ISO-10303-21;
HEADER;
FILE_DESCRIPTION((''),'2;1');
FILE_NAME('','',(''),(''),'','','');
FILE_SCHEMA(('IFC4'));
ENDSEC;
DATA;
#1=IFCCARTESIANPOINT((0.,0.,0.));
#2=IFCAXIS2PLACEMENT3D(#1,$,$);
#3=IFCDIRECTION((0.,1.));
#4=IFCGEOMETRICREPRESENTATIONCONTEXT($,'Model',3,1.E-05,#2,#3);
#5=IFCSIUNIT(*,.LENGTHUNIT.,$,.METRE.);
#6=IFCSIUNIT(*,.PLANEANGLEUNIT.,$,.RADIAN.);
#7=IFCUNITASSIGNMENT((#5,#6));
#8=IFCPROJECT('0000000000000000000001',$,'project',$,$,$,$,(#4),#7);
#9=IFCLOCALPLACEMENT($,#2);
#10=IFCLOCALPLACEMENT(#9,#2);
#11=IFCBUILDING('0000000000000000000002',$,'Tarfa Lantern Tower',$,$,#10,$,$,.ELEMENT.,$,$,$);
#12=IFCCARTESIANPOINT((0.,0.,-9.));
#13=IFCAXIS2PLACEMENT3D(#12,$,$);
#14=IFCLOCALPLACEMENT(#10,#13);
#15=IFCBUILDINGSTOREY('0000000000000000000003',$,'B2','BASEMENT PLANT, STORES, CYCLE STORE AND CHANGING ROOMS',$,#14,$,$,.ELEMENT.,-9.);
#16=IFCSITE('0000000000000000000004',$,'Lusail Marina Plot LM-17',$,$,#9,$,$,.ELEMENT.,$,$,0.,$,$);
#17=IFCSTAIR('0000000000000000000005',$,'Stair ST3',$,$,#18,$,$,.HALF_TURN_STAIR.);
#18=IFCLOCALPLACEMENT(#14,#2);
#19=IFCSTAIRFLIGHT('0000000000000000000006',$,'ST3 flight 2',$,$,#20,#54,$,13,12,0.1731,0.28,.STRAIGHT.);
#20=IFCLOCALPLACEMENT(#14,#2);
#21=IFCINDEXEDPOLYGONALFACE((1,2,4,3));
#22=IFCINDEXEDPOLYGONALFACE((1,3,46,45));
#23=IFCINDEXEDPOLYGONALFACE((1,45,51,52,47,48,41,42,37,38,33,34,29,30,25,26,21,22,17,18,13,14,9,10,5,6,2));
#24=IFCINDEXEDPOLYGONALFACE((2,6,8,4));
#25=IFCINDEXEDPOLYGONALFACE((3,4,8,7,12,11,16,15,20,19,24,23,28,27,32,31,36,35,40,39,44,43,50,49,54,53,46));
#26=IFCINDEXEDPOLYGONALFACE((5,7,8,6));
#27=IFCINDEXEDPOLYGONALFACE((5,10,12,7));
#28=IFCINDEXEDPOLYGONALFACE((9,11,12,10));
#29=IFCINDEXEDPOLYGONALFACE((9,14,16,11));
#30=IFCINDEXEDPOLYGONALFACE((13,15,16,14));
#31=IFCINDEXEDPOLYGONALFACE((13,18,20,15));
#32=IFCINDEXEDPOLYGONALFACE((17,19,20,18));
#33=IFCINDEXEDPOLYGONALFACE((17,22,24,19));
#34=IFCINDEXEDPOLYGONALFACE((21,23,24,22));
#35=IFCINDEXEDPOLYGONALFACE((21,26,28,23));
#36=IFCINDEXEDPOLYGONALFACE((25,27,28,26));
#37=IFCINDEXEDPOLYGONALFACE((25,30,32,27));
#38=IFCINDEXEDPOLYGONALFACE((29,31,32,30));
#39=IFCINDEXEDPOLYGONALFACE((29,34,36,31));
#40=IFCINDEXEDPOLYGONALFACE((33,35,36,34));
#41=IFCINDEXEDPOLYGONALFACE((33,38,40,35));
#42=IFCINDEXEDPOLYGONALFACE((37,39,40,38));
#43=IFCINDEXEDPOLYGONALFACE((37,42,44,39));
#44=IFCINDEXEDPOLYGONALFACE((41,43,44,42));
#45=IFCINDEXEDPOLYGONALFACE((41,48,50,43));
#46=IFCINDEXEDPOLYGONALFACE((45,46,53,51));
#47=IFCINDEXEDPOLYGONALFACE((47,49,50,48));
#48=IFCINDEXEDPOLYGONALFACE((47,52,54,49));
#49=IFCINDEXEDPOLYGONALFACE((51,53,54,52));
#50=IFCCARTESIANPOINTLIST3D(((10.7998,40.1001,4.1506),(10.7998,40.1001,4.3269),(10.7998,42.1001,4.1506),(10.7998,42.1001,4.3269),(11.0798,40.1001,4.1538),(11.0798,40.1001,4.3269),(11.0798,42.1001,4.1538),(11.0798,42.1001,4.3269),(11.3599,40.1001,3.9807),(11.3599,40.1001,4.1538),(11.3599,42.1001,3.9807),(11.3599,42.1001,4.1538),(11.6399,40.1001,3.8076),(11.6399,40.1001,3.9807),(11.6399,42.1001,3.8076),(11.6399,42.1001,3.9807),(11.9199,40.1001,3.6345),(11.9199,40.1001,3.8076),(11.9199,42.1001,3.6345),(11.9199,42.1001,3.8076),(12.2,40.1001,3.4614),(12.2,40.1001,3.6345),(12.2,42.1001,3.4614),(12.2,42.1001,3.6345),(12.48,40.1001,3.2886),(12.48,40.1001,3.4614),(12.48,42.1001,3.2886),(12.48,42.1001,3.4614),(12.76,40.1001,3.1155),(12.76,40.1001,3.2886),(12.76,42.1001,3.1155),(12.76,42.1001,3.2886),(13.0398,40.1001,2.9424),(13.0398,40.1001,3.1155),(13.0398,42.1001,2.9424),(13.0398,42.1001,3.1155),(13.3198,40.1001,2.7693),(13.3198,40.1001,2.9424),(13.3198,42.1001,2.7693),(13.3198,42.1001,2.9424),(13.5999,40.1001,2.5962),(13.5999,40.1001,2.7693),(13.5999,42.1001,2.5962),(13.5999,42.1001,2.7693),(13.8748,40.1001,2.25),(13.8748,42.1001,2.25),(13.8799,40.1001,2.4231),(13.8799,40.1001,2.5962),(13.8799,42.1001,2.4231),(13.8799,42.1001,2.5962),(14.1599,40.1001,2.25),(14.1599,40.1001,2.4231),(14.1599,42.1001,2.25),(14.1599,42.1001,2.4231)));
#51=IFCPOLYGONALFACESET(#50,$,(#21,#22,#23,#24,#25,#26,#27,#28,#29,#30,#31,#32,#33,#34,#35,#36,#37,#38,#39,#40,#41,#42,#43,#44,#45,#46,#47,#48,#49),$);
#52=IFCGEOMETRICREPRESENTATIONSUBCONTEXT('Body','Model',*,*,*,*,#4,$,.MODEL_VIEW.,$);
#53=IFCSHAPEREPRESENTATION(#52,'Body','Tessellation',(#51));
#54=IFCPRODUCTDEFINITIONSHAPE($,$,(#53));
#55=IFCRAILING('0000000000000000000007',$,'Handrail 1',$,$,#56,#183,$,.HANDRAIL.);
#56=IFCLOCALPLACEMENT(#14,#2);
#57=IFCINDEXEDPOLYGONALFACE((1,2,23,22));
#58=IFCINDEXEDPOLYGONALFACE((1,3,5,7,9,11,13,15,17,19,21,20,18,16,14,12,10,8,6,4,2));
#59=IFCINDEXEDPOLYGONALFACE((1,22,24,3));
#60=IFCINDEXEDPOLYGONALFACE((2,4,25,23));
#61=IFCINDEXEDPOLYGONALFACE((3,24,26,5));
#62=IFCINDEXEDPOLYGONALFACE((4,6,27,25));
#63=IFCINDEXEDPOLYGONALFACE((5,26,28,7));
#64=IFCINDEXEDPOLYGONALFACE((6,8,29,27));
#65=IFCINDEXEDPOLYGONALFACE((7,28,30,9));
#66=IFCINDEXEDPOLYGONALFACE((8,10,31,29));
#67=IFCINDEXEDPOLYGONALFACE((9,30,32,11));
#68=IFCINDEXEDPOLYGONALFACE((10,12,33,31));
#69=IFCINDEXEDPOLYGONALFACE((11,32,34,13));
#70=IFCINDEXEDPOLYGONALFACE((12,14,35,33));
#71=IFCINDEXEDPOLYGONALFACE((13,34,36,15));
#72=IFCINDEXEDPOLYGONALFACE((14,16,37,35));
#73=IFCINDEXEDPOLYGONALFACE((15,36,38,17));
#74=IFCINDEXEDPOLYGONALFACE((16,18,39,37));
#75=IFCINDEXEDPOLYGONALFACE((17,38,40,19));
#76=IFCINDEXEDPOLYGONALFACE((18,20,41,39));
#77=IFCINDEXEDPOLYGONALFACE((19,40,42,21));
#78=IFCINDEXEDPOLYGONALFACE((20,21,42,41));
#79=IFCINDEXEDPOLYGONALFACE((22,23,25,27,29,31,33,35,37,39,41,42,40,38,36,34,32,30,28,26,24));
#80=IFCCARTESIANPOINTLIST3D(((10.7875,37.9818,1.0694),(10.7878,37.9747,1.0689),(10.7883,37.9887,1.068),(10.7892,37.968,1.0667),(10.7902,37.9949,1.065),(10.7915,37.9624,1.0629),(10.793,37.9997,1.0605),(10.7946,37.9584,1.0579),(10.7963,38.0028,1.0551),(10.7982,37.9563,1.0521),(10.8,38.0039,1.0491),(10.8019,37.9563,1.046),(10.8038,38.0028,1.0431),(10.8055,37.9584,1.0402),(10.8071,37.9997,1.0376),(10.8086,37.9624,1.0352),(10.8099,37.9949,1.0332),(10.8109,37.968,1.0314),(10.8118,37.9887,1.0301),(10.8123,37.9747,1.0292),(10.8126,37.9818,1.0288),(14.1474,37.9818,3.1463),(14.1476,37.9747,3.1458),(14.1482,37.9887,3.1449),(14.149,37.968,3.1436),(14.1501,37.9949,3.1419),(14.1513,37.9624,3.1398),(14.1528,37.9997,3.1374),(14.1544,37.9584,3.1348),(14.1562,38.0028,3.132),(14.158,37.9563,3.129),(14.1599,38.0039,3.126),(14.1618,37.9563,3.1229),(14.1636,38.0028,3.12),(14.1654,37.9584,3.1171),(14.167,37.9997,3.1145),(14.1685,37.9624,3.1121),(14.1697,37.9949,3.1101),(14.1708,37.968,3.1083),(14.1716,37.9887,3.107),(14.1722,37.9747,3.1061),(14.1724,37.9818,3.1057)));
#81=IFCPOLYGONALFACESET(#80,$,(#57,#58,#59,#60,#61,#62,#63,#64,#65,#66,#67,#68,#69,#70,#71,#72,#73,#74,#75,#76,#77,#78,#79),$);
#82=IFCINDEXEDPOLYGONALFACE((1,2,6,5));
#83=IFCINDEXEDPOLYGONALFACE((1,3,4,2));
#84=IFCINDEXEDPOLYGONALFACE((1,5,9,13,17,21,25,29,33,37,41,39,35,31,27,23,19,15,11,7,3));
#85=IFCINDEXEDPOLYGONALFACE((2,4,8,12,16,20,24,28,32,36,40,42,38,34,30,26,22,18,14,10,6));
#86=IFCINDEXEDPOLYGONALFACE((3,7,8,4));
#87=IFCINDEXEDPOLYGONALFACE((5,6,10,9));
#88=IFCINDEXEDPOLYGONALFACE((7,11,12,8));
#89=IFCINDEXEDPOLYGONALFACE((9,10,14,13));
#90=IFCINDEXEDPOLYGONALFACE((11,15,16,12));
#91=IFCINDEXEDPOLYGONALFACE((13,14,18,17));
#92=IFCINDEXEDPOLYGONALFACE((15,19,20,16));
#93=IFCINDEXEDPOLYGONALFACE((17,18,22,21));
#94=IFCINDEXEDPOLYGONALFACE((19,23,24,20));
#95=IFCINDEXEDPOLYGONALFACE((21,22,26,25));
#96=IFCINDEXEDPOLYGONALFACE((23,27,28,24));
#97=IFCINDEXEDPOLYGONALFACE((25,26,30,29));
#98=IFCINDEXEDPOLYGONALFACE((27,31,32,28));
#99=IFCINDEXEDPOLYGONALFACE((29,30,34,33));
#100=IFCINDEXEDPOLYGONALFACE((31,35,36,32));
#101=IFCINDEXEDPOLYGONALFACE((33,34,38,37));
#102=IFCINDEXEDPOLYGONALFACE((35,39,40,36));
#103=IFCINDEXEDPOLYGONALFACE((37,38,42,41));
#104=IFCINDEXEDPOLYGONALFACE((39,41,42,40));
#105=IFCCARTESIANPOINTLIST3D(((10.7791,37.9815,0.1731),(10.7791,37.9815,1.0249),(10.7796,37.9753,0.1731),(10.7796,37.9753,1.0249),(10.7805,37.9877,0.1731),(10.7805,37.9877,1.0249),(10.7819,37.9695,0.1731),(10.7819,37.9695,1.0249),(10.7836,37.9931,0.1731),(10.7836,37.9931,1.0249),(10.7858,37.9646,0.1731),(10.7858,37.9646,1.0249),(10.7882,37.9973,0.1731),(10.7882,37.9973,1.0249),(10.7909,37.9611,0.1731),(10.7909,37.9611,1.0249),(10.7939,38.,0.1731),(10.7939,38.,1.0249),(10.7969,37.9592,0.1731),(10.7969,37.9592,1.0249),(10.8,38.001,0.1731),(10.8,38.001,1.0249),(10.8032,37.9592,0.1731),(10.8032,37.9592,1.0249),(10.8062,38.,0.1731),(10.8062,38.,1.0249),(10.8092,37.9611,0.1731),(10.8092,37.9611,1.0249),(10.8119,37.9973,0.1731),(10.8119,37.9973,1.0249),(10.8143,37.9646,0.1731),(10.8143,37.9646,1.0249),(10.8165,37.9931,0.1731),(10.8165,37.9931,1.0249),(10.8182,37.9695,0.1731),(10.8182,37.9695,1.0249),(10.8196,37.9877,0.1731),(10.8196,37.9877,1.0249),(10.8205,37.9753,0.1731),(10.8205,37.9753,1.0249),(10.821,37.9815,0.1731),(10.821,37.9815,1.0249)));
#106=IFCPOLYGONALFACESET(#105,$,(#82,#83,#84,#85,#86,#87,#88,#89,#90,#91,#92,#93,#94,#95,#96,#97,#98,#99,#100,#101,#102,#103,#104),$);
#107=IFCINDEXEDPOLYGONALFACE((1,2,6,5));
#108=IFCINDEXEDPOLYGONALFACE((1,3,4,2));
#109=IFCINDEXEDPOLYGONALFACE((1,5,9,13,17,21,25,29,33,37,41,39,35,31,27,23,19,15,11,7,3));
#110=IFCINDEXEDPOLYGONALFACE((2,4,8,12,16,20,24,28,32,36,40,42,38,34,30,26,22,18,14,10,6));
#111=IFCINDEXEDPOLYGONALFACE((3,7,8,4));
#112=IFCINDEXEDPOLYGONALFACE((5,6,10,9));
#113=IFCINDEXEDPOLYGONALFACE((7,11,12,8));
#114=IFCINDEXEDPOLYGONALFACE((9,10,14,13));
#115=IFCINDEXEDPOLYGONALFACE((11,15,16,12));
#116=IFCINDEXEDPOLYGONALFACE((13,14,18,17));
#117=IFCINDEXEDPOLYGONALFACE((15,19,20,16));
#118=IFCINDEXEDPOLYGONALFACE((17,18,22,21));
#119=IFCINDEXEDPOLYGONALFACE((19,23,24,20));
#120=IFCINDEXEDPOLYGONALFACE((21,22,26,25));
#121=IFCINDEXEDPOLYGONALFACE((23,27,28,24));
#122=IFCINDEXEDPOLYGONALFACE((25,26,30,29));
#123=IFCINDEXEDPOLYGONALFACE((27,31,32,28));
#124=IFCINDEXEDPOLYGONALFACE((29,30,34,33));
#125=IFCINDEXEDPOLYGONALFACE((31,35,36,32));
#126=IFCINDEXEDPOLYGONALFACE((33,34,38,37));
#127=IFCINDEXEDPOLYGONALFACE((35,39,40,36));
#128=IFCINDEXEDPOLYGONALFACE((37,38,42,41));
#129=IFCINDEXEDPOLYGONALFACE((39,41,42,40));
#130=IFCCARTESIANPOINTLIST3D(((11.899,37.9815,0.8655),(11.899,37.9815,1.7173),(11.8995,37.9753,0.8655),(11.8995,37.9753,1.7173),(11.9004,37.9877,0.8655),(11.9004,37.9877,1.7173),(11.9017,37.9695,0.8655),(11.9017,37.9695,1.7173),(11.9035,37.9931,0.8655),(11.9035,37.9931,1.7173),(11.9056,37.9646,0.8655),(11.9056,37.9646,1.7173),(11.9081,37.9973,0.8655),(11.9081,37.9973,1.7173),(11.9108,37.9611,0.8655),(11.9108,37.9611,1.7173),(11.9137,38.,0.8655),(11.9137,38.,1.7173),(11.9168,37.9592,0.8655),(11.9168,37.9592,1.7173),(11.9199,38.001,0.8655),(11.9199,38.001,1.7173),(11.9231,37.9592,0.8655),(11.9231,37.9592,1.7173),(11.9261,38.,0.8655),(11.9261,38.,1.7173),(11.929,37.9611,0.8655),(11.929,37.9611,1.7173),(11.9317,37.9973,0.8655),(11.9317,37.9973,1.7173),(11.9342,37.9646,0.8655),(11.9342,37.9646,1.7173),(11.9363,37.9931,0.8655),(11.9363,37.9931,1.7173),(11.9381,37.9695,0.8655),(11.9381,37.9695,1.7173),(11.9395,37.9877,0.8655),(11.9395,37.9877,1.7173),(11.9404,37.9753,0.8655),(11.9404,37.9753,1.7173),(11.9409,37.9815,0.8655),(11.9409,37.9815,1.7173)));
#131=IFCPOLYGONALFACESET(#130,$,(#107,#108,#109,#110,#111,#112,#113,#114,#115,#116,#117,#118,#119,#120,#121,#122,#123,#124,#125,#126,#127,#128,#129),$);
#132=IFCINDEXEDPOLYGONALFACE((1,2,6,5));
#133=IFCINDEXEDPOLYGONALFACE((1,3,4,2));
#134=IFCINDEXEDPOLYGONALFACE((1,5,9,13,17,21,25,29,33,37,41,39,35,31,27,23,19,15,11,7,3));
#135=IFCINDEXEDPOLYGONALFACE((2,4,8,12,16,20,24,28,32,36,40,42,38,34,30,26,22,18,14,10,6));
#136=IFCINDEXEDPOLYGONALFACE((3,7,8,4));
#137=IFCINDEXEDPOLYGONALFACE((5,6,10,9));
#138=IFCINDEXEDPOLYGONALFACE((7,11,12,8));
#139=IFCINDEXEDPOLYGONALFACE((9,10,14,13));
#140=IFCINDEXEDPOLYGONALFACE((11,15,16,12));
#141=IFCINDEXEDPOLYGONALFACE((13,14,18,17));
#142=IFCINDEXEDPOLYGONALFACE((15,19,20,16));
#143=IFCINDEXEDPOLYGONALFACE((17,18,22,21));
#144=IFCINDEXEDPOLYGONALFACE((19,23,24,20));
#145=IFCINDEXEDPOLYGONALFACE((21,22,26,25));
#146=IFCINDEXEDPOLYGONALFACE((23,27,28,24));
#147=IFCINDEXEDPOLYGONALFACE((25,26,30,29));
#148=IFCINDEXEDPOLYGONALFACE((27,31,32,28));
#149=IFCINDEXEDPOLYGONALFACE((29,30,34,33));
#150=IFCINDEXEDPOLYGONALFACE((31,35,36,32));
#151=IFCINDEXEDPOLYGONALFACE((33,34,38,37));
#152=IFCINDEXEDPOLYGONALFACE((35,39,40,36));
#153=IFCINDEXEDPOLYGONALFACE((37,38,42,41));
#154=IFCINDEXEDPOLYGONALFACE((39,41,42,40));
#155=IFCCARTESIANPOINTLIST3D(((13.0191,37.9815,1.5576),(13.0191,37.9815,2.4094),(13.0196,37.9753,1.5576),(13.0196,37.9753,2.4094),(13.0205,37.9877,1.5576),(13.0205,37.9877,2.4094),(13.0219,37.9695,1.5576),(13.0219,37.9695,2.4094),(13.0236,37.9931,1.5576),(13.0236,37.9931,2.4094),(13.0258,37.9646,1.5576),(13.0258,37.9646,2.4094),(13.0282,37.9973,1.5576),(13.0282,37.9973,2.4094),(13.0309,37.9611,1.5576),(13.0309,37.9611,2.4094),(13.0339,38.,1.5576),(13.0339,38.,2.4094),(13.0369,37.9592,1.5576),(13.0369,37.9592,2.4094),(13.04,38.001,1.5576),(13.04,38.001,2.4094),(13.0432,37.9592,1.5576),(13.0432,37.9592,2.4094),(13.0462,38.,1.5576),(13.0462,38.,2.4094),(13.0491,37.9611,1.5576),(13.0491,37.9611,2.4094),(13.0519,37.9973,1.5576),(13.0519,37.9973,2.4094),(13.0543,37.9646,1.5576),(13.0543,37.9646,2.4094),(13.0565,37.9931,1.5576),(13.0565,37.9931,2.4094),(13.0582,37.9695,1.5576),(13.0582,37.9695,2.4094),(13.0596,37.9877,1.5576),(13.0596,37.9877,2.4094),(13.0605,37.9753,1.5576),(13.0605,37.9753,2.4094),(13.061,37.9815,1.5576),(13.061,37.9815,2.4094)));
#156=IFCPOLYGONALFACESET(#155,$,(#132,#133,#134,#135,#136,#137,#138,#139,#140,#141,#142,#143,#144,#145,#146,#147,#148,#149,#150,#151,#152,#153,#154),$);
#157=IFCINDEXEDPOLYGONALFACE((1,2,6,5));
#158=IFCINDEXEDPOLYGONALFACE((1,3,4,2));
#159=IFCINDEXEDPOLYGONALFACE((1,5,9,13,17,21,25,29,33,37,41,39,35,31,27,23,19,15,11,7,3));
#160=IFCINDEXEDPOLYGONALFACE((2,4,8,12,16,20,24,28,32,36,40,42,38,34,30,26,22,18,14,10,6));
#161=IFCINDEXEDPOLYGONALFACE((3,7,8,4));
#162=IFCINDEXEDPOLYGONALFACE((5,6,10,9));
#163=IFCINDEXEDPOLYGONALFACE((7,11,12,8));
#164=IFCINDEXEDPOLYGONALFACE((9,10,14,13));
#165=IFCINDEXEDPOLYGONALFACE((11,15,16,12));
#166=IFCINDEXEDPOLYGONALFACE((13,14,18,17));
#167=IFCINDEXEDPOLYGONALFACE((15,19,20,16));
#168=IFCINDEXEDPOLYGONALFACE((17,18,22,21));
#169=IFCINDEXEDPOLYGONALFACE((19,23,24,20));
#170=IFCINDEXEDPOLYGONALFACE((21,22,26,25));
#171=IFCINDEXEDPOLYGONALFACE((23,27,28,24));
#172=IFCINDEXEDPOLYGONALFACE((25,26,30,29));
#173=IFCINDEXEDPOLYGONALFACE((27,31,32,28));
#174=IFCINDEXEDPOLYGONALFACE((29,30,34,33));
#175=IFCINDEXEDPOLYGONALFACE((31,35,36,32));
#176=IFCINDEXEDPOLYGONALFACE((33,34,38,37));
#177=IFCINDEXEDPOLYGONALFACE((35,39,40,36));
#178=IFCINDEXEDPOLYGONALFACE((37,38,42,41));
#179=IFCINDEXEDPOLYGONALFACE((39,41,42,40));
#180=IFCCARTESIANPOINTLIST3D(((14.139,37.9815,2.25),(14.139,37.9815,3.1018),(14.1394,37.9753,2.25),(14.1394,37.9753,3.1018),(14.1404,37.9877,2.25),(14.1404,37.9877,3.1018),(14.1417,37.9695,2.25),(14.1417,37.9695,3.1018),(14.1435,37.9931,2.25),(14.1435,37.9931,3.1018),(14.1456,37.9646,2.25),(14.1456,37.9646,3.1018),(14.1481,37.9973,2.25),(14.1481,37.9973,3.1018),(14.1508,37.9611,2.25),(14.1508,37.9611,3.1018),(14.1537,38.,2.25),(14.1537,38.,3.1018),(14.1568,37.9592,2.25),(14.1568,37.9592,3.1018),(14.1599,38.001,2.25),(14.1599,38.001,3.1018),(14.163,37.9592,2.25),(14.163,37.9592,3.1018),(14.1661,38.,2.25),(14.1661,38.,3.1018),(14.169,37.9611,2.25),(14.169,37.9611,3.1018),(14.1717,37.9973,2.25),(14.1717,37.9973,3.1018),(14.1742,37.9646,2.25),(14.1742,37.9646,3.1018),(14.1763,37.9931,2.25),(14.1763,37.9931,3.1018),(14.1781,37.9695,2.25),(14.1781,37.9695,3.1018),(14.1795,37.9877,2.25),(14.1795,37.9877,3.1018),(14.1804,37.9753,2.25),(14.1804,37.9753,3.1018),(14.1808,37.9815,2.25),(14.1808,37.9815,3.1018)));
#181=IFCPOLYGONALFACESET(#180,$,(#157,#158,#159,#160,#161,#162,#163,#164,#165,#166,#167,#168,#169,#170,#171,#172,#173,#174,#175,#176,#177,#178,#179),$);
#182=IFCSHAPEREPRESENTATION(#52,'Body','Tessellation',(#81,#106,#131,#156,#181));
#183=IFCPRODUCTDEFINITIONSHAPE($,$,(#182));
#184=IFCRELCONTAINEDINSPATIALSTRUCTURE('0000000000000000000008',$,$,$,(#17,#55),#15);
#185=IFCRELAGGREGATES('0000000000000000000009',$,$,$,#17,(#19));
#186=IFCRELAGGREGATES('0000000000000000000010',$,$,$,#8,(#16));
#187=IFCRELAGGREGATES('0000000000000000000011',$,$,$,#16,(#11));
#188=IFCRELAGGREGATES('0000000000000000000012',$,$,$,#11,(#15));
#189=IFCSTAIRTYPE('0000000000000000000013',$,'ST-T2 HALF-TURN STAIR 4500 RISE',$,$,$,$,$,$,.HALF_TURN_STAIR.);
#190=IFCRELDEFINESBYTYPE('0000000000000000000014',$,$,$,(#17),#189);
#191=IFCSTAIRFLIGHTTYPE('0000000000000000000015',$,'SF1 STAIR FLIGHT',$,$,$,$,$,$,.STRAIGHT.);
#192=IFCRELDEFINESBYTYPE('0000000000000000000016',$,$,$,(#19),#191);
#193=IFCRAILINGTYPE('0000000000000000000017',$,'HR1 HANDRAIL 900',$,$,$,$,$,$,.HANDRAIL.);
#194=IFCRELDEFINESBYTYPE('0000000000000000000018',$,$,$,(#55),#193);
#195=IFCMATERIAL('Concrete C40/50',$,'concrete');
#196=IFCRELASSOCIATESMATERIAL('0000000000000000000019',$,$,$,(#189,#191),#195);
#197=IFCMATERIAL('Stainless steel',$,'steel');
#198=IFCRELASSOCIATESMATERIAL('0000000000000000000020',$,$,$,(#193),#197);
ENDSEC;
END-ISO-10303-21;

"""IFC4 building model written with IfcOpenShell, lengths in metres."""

from ifc_helpers import new_model, si_unit, direction, frame, origin, origin_2d, place, context, subcontext, project, spatial, polyline, circle, outline, extrude, material, type_object, element, aggregate, save


model = new_model("IFC4")

# Units and contexts
model_context = context("Model", 3, precision=1e-05, world=origin(), true_north=direction((0.0, 1.0)))
body_context = subcontext(model_context, "Body", "Model", "MODEL_VIEW")
ifc_project = project(units=[si_unit("LENGTHUNIT", "METRE"), si_unit("PLANEANGLEUNIT", "RADIAN")], contexts=[model_context])

# Site, building, storey
site_placement = place(None, origin())
site = spatial("IfcSite", under=ifc_project, at=site_placement, Name="Lusail Marina Plot LM-17", CompositionType="ELEMENT", RefElevation=0.0)
building_placement = place(site_placement, origin())
building = spatial("IfcBuilding", under=site, at=building_placement, Name="Tarfa Lantern Tower", CompositionType="ELEMENT")
storey_placement = place(building_placement, frame((0.0, 0.0, -9.0)))
storey = spatial("IfcBuildingStorey", under=building, at=storey_placement, Name="B2", Description="BASEMENT PLANT, STORES, CYCLE STORE AND CHANGING ROOMS", CompositionType="ELEMENT", Elevation=-9.0)

# Shared definitions
ifc_material_1 = material(Name="Concrete C40/50", Category="concrete")

# Stair, stair flight
stair_type = type_object("IfcStairType", Name="ST-T2 HALF-TURN STAIR 4500 RISE", PredefinedType="HALF_TURN_STAIR", material=ifc_material_1)
stair_placement = place(storey_placement, origin())
stair = element("IfcStair", 1, at=stair_placement, inside=storey, type_object=stair_type, Name="Stair ST3", PredefinedType="HALF_TURN_STAIR")
stair_flight_type = type_object("IfcStairFlightType", Name="SF1 STAIR FLIGHT", PredefinedType="STRAIGHT", material=ifc_material_1)
stair_flight_1_placement = place(storey_placement, frame((14.1599, 41.1001, 2.25), z_axis=(0.0, 0.0, 1.0), x_axis=(-1.0, 0.0, 0.0)))
stair_flight_1 = element("IfcStairFlight", 2, at=stair_flight_1_placement, type_object=stair_flight_type, Name="ST3 flight 2", NumberOfRisers=13, NumberOfTreads=12, PredefinedType="STRAIGHT", RiserHeight=0.1731, TreadLength=0.28, context=body_context, shape_type="SweptSolid", body=[
    extrude(outline(polyline([(0.0, 0.0), (0.0, 0.1731), (0.28, 0.1731), (0.28, 0.3462), (0.5601, 0.3462), (0.5601, 0.5193), (0.8401, 0.5193), (0.8401, 0.6924), (1.1201, 0.6924), (1.1201, 0.8655), (1.3999, 0.8655), (1.3999, 1.0386), (1.6799, 1.0386), (1.6799, 1.2114), (1.96, 1.2114), (1.96, 1.3845), (2.24, 1.3845), (2.24, 1.5576), (2.52, 1.5576), (2.52, 1.7307), (2.8, 1.7307), (2.8, 1.9038), (3.0801, 1.9038), (3.0801, 2.0769), (3.3601, 2.0769), (3.3601, 2.25), (3.3601, 1.9006), (0.2852, 0.0), (0.0, 0.0)])), frame((0.0, 1.0, 0.0), z_axis=(0.0, -1.0, 0.0), x_axis=(1.0, 0.0, 0.0)), (0.0, 0.0, 1.0), 2.0),
])
aggregate(stair, [stair_flight_1])

# Railing
ifc_material_2 = material(Name="Stainless steel", Category="steel")
railing_type = type_object("IfcRailingType", Name="HR1 HANDRAIL 900", PredefinedType="HANDRAIL", material=ifc_material_2)
railing_1_placement = place(storey_placement, frame((10.8, 37.98, 0.1731)))
element("IfcRailing", 3, at=railing_1_placement, inside=storey, type_object=railing_type, Name="Handrail 1", PredefinedType="HANDRAIL", context=body_context, shape_type="SweptSolid", body=[
    extrude(circle(Radius=0.0239, at=origin_2d()), frame((0.0, 0.0, 0.876), z_axis=(0.850606, 0.0, 0.525803), x_axis=(0.0, 1.0, 0.0)), (0.0, 0.0, 1.0), 3.95),
    extrude(circle(Radius=0.021, at=origin_2d()), frame((0.0, 0.0, 0.0), z_axis=(0.0, 0.0, 1.0), x_axis=(0.0, 1.0, 0.0)), (0.0, 0.0, 1.0), 0.8518),
    extrude(circle(Radius=0.021, at=origin_2d()), frame((1.1199, 0.0, 0.6924), z_axis=(0.0, 0.0, 1.0), x_axis=(0.0, 1.0, 0.0)), (0.0, 0.0, 1.0), 0.8518),
    extrude(circle(Radius=0.021, at=origin_2d()), frame((2.24, 0.0, 1.3845), z_axis=(0.0, 0.0, 1.0), x_axis=(0.0, 1.0, 0.0)), (0.0, 0.0, 1.0), 0.8518),
    extrude(circle(Radius=0.021, at=origin_2d()), frame((3.3599, 0.0, 2.0769), z_axis=(0.0, 0.0, 1.0), x_axis=(0.0, 1.0, 0.0)), (0.0, 0.0, 1.0), 0.8518),
])

save(model, "model.ifc")
